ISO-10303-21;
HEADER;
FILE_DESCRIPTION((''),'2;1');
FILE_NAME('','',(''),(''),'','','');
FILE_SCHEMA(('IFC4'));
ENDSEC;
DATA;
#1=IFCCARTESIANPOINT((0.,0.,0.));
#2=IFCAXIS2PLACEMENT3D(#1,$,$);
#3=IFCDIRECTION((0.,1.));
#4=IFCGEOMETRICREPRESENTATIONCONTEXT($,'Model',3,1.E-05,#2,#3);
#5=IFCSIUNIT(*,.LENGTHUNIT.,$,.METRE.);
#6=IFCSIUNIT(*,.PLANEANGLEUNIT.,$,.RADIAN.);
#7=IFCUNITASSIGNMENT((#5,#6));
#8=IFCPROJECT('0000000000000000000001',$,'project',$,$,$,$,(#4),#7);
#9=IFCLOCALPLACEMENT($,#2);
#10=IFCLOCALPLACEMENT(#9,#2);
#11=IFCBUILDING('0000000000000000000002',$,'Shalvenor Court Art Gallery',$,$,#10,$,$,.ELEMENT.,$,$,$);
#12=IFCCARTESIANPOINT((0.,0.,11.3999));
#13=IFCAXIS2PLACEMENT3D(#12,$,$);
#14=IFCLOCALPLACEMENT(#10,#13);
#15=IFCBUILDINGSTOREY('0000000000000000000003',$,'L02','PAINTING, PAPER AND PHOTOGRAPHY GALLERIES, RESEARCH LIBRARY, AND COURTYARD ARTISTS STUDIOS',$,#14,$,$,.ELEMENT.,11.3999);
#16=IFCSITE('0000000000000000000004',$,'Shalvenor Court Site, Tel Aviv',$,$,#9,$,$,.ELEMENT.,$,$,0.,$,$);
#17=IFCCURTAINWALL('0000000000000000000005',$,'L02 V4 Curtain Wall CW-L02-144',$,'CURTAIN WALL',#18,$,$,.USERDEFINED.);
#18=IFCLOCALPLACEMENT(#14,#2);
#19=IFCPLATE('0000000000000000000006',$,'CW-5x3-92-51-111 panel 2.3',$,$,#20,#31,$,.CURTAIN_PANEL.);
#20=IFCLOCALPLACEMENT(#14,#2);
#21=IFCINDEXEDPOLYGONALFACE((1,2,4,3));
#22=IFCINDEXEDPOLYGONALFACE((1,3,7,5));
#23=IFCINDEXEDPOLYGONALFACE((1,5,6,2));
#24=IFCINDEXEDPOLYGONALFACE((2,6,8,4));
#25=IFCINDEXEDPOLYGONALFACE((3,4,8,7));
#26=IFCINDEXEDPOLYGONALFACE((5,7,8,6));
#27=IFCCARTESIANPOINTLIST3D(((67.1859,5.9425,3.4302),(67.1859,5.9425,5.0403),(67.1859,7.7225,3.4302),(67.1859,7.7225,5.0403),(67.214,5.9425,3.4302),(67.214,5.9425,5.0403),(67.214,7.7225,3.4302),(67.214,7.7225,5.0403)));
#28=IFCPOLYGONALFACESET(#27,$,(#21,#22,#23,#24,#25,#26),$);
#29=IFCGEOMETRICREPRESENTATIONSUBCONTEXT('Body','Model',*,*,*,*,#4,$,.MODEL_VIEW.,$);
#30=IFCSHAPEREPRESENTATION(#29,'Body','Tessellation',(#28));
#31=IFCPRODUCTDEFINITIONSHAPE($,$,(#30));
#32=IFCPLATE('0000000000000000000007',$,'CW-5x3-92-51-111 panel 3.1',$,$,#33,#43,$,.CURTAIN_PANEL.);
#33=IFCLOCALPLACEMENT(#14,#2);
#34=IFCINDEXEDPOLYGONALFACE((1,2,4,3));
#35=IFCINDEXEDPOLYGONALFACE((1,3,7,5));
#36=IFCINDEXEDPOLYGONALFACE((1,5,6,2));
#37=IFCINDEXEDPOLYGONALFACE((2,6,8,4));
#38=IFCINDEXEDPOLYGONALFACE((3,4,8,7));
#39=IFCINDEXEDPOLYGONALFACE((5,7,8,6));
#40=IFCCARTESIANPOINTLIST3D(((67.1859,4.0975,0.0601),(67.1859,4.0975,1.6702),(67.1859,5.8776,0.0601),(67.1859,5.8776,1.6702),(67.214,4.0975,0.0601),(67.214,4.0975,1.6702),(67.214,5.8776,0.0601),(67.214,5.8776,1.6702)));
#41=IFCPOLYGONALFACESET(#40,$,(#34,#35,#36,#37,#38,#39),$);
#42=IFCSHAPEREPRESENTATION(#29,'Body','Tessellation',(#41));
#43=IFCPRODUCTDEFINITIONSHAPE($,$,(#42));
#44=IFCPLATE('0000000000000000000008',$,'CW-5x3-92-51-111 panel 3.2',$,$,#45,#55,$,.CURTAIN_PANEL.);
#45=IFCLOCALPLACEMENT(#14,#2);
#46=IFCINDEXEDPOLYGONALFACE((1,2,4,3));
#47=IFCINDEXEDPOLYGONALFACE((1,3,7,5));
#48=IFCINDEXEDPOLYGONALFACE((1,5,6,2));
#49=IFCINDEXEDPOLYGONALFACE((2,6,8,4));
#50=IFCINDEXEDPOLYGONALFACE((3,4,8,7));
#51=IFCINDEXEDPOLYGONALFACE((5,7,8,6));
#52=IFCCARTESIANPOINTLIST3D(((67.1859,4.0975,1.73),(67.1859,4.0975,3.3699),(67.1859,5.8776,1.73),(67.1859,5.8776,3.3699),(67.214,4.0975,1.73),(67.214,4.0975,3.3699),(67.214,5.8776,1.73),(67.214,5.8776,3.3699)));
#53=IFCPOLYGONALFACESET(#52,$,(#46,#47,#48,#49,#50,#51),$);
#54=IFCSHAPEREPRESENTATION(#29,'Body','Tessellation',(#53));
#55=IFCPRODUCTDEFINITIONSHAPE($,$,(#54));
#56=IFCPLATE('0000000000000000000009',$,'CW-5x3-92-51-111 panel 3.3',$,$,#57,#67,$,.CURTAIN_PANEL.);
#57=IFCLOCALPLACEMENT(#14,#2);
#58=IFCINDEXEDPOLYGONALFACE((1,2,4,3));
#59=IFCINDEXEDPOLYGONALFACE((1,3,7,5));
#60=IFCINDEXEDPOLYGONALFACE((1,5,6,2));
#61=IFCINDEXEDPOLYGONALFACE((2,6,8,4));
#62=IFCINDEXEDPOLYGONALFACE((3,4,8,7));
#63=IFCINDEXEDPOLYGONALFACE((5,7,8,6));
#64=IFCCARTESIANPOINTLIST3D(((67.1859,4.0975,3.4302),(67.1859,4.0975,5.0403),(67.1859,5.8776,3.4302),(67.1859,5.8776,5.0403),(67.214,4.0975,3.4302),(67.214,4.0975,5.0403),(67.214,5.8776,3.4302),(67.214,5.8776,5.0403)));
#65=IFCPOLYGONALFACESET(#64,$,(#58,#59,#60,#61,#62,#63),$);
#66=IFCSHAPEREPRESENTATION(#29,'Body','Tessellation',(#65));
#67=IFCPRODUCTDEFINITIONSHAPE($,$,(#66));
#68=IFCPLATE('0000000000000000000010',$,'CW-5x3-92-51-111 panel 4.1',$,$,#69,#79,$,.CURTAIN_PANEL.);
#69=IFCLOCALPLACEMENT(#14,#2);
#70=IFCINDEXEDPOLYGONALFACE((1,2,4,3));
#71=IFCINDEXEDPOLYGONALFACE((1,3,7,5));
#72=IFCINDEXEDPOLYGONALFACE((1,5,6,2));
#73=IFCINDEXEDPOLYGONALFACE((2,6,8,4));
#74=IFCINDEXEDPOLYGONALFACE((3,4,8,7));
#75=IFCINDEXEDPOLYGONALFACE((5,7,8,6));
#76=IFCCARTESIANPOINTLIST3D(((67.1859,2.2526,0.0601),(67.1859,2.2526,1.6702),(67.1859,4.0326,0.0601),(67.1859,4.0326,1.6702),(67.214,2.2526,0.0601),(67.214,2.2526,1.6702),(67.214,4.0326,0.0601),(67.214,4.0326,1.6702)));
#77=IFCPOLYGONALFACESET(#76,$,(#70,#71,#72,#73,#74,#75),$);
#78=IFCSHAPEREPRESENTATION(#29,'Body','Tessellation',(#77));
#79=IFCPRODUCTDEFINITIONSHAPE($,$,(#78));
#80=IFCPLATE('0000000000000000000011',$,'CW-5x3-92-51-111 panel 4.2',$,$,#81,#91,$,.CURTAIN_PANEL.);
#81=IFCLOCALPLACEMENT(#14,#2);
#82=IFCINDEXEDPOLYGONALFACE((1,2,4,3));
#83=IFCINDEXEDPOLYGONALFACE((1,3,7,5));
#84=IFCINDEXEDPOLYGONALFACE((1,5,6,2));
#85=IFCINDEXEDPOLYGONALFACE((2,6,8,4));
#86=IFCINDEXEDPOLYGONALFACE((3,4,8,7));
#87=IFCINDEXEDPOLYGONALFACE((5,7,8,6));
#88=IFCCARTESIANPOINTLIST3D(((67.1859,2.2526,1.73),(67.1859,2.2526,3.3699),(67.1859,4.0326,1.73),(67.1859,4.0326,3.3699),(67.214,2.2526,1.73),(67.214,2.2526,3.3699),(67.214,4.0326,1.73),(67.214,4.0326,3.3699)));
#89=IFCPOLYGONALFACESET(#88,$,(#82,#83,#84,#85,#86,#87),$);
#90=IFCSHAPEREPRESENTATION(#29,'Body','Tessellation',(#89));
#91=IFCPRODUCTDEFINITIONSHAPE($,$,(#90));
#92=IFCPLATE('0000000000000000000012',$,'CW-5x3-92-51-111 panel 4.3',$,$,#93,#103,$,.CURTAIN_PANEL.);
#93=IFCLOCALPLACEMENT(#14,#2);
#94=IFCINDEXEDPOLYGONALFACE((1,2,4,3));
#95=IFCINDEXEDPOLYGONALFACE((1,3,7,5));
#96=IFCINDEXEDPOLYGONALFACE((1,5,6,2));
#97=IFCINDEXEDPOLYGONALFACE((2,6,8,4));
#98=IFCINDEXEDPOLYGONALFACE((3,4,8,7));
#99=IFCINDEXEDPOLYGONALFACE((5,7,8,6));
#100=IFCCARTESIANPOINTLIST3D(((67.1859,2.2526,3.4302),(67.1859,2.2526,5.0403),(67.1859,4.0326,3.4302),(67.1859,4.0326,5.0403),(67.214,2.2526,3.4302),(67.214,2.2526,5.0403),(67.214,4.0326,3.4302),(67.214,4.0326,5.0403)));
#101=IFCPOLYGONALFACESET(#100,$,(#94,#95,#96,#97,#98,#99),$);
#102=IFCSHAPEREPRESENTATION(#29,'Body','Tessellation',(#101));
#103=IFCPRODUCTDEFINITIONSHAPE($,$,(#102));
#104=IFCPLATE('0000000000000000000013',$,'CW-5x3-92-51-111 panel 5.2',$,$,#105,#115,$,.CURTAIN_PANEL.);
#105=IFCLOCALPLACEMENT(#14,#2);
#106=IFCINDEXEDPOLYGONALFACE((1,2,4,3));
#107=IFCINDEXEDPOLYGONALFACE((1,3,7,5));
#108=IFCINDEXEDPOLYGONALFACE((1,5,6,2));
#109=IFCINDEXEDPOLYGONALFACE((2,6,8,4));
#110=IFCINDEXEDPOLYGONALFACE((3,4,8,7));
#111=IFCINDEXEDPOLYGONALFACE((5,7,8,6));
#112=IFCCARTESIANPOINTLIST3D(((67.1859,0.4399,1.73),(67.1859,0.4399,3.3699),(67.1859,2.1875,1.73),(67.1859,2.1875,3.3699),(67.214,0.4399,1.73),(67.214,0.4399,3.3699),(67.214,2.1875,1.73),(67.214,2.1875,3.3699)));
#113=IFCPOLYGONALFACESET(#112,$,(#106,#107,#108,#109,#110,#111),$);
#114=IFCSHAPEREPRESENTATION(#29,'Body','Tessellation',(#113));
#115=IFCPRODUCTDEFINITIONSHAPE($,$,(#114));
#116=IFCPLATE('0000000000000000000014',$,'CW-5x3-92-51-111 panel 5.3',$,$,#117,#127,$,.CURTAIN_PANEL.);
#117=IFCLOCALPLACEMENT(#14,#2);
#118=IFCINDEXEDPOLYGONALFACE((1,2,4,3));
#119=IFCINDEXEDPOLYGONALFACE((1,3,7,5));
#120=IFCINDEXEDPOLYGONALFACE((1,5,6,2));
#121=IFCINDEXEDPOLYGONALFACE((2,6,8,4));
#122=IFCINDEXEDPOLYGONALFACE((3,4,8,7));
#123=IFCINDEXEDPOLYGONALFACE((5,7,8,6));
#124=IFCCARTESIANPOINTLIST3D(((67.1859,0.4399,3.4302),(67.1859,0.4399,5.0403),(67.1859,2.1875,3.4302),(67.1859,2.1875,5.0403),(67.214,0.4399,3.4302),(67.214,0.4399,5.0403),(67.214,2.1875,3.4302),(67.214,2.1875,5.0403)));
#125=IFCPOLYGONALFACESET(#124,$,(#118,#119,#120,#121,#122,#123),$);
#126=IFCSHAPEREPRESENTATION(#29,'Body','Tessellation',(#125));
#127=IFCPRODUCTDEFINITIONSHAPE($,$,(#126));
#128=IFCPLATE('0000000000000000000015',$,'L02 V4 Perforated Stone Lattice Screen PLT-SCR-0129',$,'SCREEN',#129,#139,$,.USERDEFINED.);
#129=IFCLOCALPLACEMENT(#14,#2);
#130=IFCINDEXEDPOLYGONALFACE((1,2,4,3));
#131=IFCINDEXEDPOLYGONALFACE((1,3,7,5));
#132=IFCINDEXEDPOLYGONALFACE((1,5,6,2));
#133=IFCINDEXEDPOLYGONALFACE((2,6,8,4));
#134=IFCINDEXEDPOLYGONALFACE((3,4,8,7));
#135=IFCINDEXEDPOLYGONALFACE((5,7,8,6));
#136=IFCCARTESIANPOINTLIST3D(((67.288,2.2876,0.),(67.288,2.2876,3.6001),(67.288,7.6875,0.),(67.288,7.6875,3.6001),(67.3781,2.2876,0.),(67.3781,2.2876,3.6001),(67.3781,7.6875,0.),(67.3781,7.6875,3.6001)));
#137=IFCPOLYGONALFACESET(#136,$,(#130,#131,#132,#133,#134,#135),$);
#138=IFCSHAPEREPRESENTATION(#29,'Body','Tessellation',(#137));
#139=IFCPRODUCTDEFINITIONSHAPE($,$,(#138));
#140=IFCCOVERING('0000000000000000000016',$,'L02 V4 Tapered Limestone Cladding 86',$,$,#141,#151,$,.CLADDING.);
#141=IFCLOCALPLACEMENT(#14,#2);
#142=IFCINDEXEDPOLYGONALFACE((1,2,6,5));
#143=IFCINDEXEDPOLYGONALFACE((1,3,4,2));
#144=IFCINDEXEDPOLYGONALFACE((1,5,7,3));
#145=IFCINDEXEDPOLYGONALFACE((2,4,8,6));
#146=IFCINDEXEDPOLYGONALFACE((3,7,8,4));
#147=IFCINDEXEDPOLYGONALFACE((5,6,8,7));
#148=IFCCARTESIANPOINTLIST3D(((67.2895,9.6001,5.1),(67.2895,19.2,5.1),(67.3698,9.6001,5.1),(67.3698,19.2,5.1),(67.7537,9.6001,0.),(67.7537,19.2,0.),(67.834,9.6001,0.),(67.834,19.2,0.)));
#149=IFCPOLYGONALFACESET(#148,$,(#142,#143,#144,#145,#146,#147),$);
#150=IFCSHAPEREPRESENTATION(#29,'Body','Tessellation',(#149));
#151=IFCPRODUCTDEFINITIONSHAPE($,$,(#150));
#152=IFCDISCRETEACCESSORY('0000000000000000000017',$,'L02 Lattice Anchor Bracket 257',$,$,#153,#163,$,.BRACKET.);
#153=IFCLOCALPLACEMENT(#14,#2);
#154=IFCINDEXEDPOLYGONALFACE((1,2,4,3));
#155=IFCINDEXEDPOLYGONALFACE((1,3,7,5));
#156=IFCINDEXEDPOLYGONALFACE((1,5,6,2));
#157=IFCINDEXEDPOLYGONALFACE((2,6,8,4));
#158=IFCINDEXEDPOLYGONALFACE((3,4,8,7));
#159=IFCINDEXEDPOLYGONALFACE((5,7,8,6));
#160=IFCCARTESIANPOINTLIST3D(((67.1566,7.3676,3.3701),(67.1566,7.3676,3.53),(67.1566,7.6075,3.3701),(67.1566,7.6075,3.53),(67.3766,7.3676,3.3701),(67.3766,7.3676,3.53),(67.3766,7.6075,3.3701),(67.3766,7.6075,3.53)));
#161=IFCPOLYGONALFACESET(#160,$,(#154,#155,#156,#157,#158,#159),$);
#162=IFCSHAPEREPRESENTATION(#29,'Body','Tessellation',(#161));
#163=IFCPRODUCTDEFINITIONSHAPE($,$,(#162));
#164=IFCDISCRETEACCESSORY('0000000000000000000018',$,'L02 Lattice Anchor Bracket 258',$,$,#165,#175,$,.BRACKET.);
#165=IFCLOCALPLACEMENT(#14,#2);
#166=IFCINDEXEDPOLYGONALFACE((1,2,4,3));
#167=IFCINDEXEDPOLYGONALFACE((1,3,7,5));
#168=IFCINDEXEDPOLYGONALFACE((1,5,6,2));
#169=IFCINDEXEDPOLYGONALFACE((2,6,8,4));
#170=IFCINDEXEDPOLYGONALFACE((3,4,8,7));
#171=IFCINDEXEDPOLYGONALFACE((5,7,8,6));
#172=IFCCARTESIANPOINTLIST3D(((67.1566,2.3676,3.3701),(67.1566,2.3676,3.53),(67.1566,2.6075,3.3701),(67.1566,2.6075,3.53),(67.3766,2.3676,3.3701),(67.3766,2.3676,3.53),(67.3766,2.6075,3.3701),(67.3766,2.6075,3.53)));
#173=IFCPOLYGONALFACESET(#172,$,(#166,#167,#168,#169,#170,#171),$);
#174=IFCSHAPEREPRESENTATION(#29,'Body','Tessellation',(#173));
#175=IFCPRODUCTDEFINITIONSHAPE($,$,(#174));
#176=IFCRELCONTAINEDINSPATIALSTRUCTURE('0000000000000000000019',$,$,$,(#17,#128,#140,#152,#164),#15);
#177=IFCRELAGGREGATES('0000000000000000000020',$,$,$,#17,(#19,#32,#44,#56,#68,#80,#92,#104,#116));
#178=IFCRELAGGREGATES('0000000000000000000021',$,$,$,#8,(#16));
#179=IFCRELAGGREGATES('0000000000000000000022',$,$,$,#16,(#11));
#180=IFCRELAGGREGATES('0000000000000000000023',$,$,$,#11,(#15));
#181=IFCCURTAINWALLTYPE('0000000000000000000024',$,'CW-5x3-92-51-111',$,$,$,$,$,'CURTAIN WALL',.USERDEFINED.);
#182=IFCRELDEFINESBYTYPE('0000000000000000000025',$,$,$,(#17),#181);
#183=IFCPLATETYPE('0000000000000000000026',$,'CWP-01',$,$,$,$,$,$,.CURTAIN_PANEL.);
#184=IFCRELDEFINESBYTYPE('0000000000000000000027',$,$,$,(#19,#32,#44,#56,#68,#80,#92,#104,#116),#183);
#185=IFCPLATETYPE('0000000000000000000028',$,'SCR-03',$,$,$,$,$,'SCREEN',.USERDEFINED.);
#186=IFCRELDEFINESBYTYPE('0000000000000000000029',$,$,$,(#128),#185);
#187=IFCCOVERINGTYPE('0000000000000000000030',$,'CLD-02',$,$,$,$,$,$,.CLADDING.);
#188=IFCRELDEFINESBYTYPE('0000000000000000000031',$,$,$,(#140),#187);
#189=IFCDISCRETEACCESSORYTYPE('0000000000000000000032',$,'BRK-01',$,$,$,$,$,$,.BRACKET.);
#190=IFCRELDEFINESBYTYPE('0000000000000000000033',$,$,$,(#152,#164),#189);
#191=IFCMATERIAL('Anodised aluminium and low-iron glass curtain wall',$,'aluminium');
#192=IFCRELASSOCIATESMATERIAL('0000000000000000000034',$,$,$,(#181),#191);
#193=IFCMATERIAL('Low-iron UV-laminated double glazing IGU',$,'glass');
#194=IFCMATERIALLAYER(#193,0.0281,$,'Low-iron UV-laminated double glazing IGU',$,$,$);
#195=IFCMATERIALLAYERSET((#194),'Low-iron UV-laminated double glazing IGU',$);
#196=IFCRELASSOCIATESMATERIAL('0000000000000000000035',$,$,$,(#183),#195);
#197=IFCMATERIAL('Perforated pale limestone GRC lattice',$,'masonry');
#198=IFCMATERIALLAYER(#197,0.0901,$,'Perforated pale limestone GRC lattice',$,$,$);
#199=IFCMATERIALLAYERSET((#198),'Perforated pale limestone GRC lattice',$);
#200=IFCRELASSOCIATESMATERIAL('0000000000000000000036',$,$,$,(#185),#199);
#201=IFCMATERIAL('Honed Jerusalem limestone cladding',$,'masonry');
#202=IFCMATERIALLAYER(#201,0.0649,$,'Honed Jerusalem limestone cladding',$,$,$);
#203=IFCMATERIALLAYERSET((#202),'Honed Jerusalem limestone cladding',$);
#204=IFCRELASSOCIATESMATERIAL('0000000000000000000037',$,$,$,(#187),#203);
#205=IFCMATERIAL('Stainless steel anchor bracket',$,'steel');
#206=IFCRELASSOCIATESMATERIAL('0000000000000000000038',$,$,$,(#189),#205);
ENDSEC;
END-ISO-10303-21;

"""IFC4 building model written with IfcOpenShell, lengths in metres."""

from ifc_helpers import new_model, si_unit, direction, frame, origin, origin_2d, place, context, subcontext, project, spatial, polyline, rectangle, outline, extrude, material, layer, layer_set, type_object, element, aggregate, save


model = new_model("IFC4")

# Units and contexts
model_context = context("Model", 3, precision=1e-05, world=origin(), true_north=direction((0.0, 1.0)))
body_context = subcontext(model_context, "Body", "Model", "MODEL_VIEW")
ifc_project = project(units=[si_unit("LENGTHUNIT", "METRE"), si_unit("PLANEANGLEUNIT", "RADIAN")], contexts=[model_context])

# Site, building, storey
site_placement = place(None, origin())
site = spatial("IfcSite", under=ifc_project, at=site_placement, Name="Shalvenor Court Site, Tel Aviv", CompositionType="ELEMENT", RefElevation=0.0)
building_placement = place(site_placement, origin())
building = spatial("IfcBuilding", under=site, at=building_placement, Name="Shalvenor Court Art Gallery", CompositionType="ELEMENT")
storey_placement = place(building_placement, frame((0.0, 0.0, 11.3999)))
storey = spatial("IfcBuildingStorey", under=building, at=storey_placement, Name="L02", Description="PAINTING, PAPER AND PHOTOGRAPHY GALLERIES, RESEARCH LIBRARY, AND COURTYARD ARTISTS STUDIOS", CompositionType="ELEMENT", Elevation=11.3999)

# Curtain wall, plates
ifc_material_1 = material(Name="Anodised aluminium and low-iron glass curtain wall", Category="aluminium")
curtain_wall_type = type_object("IfcCurtainWallType", Name="CW-5x3-92-51-111", ElementType="CURTAIN WALL", PredefinedType="USERDEFINED", material=ifc_material_1)
curtain_wall_placement = place(storey_placement, origin())
curtain_wall = element("IfcCurtainWall", 1, at=curtain_wall_placement, inside=storey, type_object=curtain_wall_type, Name="L02 V4 Curtain Wall CW-L02-144", ObjectType="CURTAIN WALL", PredefinedType="USERDEFINED")
ifc_material_2 = material(Name="Low-iron UV-laminated double glazing IGU", Category="glass")
ifc_layer_1 = layer(ifc_material_2, 0.0281, Name="Low-iron UV-laminated double glazing IGU")
ifc_layer_set_1 = layer_set([ifc_layer_1], Name="Low-iron UV-laminated double glazing IGU")
plate_type_1 = type_object("IfcPlateType", Name="CWP-01", PredefinedType="CURTAIN_PANEL", material=ifc_layer_set_1)
plate_1_placement = place(storey_placement, frame((67.2, 6.8325, 3.4302), z_axis=(0.0, 0.0, 1.0), x_axis=(0.0, -1.0, 0.0)))
plate_1 = element("IfcPlate", 2, at=plate_1_placement, type_object=plate_type_1, Name="CW-5x3-92-51-111 panel 2.3", PredefinedType="CURTAIN_PANEL", context=body_context, shape_type="SweptSolid", body=[
    extrude(rectangle(XDim=1.78, YDim=0.0281, at=origin_2d()), origin(), (0.0, 0.0, 1.0), 1.6101),
])
plate_2_placement = place(storey_placement, frame((67.2, 4.9875, 0.0601), z_axis=(0.0, 0.0, 1.0), x_axis=(0.0, -1.0, 0.0)))
plate_2 = element("IfcPlate", 3, at=plate_2_placement, type_object=plate_type_1, Name="CW-5x3-92-51-111 panel 3.1", PredefinedType="CURTAIN_PANEL", context=body_context, shape_type="SweptSolid", body=[
    extrude(rectangle(XDim=1.78, YDim=0.0281, at=origin_2d()), origin(), (0.0, 0.0, 1.0), 1.6101),
])
plate_3_placement = place(storey_placement, frame((67.2, 4.9875, 1.73), z_axis=(0.0, 0.0, 1.0), x_axis=(0.0, -1.0, 0.0)))
plate_3 = element("IfcPlate", 4, at=plate_3_placement, type_object=plate_type_1, Name="CW-5x3-92-51-111 panel 3.2", PredefinedType="CURTAIN_PANEL", context=body_context, shape_type="SweptSolid", body=[
    extrude(rectangle(XDim=1.78, YDim=0.0281, at=origin_2d()), origin(), (0.0, 0.0, 1.0), 1.6399),
])
plate_4_placement = place(storey_placement, frame((67.2, 4.9875, 3.4302), z_axis=(0.0, 0.0, 1.0), x_axis=(0.0, -1.0, 0.0)))
plate_4 = element("IfcPlate", 5, at=plate_4_placement, type_object=plate_type_1, Name="CW-5x3-92-51-111 panel 3.3", PredefinedType="CURTAIN_PANEL", context=body_context, shape_type="SweptSolid", body=[
    extrude(rectangle(XDim=1.78, YDim=0.0281, at=origin_2d()), origin(), (0.0, 0.0, 1.0), 1.6101),
])
plate_5_placement = place(storey_placement, frame((67.2, 3.1426, 0.0601), z_axis=(0.0, 0.0, 1.0), x_axis=(0.0, -1.0, 0.0)))
plate_5 = element("IfcPlate", 6, at=plate_5_placement, type_object=plate_type_1, Name="CW-5x3-92-51-111 panel 4.1", PredefinedType="CURTAIN_PANEL", context=body_context, shape_type="SweptSolid", body=[
    extrude(rectangle(XDim=1.78, YDim=0.0281, at=origin_2d()), origin(), (0.0, 0.0, 1.0), 1.6101),
])
plate_6_placement = place(storey_placement, frame((67.2, 3.1426, 1.73), z_axis=(0.0, 0.0, 1.0), x_axis=(0.0, -1.0, 0.0)))
plate_6 = element("IfcPlate", 7, at=plate_6_placement, type_object=plate_type_1, Name="CW-5x3-92-51-111 panel 4.2", PredefinedType="CURTAIN_PANEL", context=body_context, shape_type="SweptSolid", body=[
    extrude(rectangle(XDim=1.78, YDim=0.0281, at=origin_2d()), origin(), (0.0, 0.0, 1.0), 1.6399),
])
plate_7_placement = place(storey_placement, frame((67.2, 3.1426, 3.4302), z_axis=(0.0, 0.0, 1.0), x_axis=(0.0, -1.0, 0.0)))
plate_7 = element("IfcPlate", 8, at=plate_7_placement, type_object=plate_type_1, Name="CW-5x3-92-51-111 panel 4.3", PredefinedType="CURTAIN_PANEL", context=body_context, shape_type="SweptSolid", body=[
    extrude(rectangle(XDim=1.78, YDim=0.0281, at=origin_2d()), origin(), (0.0, 0.0, 1.0), 1.6101),
])
plate_8_placement = place(storey_placement, frame((67.2, 1.3137, 1.73), z_axis=(0.0, 0.0, 1.0), x_axis=(0.0, -1.0, 0.0)))
plate_8 = element("IfcPlate", 9, at=plate_8_placement, type_object=plate_type_1, Name="CW-5x3-92-51-111 panel 5.2", PredefinedType="CURTAIN_PANEL", context=body_context, shape_type="SweptSolid", body=[
    extrude(rectangle(XDim=1.7476, YDim=0.0281, at=origin_2d()), origin(), (0.0, 0.0, 1.0), 1.6399),
])
plate_9_placement = place(storey_placement, frame((67.2, 1.3137, 3.4302), z_axis=(0.0, 0.0, 1.0), x_axis=(0.0, -1.0, 0.0)))
plate_9 = element("IfcPlate", 10, at=plate_9_placement, type_object=plate_type_1, Name="CW-5x3-92-51-111 panel 5.3", PredefinedType="CURTAIN_PANEL", context=body_context, shape_type="SweptSolid", body=[
    extrude(rectangle(XDim=1.7476, YDim=0.0281, at=origin_2d()), origin(), (0.0, 0.0, 1.0), 1.6101),
])
aggregate(curtain_wall, [plate_1, plate_2, plate_3, plate_4, plate_5, plate_6, plate_7, plate_8, plate_9])

# Plate
ifc_material_3 = material(Name="Perforated pale limestone GRC lattice", Category="masonry")
ifc_layer_2 = layer(ifc_material_3, 0.0901, Name="Perforated pale limestone GRC lattice")
ifc_layer_set_2 = layer_set([ifc_layer_2], Name="Perforated pale limestone GRC lattice")
plate_type_2 = type_object("IfcPlateType", Name="SCR-03", ElementType="SCREEN", PredefinedType="USERDEFINED", material=ifc_layer_set_2)
plate_10_placement = place(storey_placement, frame((67.333, 4.9875, 0.0), z_axis=(0.0, 0.0, 1.0), x_axis=(0.0, -1.0, 0.0)))
element("IfcPlate", 11, at=plate_10_placement, inside=storey, type_object=plate_type_2, Name="L02 V4 Perforated Stone Lattice Screen PLT-SCR-0129", ObjectType="SCREEN", PredefinedType="USERDEFINED", context=body_context, shape_type="SweptSolid", body=[
    extrude(rectangle(XDim=5.3999, YDim=0.0901, at=origin_2d()), origin(), (0.0, 0.0, 1.0), 3.6001),
])

# Covering
ifc_material_4 = material(Name="Honed Jerusalem limestone cladding", Category="masonry")
ifc_layer_3 = layer(ifc_material_4, 0.0649, Name="Honed Jerusalem limestone cladding")
ifc_layer_set_3 = layer_set([ifc_layer_3], Name="Honed Jerusalem limestone cladding")
covering_type = type_object("IfcCoveringType", Name="CLD-02", PredefinedType="CLADDING", material=ifc_layer_set_3)
covering_placement = place(storey_placement, frame((67.834, 9.6001, 0.0), z_axis=(0.0, 0.0, 1.0), x_axis=(0.0, 1.0, 0.0)))
element("IfcCovering", 12, at=covering_placement, inside=storey, type_object=covering_type, Name="L02 V4 Tapered Limestone Cladding 86", PredefinedType="CLADDING", context=body_context, shape_type="SweptSolid", body=[
    extrude(outline(polyline([(0.0, 0.0), (9.5999, 0.0), (9.5999, 5.1211), (0.0, 5.1211), (0.0, 0.0)])), frame((0.0, 0.0, 0.0), z_axis=(0.0, -0.995884, 0.090633), x_axis=(1.0, 0.0, 0.0)), (0.0, 0.090633, -0.995884), 0.0803),
])

# Discrete accessories
ifc_material_5 = material(Name="Stainless steel anchor bracket", Category="steel")
discrete_accessory_type = type_object("IfcDiscreteAccessoryType", Name="BRK-01", PredefinedType="BRACKET", material=ifc_material_5)
for number, where, z_axis, x_axis, name in (
    (13, (67.2666, 7.4875, 3.3701), (0.0, 0.0, 1.0), (0.0, -1.0, 0.0), "L02 Lattice Anchor Bracket 257"),
    (14, (67.2666, 2.4875, 3.3701), (0.0, 0.0, 1.0), (0.0, -1.0, 0.0), "L02 Lattice Anchor Bracket 258"),
):
    element("IfcDiscreteAccessory", number, at=place(storey_placement, frame(where, z_axis=z_axis, x_axis=x_axis)), inside=storey, type_object=discrete_accessory_type, Name=name, PredefinedType="BRACKET", context=body_context, shape_type="SweptSolid", body=[
        extrude(rectangle(XDim=0.24, YDim=0.22, at=origin_2d()), origin(), (0.0, 0.0, 1.0), 0.1599),
    ])

save(model, "model.ifc")
